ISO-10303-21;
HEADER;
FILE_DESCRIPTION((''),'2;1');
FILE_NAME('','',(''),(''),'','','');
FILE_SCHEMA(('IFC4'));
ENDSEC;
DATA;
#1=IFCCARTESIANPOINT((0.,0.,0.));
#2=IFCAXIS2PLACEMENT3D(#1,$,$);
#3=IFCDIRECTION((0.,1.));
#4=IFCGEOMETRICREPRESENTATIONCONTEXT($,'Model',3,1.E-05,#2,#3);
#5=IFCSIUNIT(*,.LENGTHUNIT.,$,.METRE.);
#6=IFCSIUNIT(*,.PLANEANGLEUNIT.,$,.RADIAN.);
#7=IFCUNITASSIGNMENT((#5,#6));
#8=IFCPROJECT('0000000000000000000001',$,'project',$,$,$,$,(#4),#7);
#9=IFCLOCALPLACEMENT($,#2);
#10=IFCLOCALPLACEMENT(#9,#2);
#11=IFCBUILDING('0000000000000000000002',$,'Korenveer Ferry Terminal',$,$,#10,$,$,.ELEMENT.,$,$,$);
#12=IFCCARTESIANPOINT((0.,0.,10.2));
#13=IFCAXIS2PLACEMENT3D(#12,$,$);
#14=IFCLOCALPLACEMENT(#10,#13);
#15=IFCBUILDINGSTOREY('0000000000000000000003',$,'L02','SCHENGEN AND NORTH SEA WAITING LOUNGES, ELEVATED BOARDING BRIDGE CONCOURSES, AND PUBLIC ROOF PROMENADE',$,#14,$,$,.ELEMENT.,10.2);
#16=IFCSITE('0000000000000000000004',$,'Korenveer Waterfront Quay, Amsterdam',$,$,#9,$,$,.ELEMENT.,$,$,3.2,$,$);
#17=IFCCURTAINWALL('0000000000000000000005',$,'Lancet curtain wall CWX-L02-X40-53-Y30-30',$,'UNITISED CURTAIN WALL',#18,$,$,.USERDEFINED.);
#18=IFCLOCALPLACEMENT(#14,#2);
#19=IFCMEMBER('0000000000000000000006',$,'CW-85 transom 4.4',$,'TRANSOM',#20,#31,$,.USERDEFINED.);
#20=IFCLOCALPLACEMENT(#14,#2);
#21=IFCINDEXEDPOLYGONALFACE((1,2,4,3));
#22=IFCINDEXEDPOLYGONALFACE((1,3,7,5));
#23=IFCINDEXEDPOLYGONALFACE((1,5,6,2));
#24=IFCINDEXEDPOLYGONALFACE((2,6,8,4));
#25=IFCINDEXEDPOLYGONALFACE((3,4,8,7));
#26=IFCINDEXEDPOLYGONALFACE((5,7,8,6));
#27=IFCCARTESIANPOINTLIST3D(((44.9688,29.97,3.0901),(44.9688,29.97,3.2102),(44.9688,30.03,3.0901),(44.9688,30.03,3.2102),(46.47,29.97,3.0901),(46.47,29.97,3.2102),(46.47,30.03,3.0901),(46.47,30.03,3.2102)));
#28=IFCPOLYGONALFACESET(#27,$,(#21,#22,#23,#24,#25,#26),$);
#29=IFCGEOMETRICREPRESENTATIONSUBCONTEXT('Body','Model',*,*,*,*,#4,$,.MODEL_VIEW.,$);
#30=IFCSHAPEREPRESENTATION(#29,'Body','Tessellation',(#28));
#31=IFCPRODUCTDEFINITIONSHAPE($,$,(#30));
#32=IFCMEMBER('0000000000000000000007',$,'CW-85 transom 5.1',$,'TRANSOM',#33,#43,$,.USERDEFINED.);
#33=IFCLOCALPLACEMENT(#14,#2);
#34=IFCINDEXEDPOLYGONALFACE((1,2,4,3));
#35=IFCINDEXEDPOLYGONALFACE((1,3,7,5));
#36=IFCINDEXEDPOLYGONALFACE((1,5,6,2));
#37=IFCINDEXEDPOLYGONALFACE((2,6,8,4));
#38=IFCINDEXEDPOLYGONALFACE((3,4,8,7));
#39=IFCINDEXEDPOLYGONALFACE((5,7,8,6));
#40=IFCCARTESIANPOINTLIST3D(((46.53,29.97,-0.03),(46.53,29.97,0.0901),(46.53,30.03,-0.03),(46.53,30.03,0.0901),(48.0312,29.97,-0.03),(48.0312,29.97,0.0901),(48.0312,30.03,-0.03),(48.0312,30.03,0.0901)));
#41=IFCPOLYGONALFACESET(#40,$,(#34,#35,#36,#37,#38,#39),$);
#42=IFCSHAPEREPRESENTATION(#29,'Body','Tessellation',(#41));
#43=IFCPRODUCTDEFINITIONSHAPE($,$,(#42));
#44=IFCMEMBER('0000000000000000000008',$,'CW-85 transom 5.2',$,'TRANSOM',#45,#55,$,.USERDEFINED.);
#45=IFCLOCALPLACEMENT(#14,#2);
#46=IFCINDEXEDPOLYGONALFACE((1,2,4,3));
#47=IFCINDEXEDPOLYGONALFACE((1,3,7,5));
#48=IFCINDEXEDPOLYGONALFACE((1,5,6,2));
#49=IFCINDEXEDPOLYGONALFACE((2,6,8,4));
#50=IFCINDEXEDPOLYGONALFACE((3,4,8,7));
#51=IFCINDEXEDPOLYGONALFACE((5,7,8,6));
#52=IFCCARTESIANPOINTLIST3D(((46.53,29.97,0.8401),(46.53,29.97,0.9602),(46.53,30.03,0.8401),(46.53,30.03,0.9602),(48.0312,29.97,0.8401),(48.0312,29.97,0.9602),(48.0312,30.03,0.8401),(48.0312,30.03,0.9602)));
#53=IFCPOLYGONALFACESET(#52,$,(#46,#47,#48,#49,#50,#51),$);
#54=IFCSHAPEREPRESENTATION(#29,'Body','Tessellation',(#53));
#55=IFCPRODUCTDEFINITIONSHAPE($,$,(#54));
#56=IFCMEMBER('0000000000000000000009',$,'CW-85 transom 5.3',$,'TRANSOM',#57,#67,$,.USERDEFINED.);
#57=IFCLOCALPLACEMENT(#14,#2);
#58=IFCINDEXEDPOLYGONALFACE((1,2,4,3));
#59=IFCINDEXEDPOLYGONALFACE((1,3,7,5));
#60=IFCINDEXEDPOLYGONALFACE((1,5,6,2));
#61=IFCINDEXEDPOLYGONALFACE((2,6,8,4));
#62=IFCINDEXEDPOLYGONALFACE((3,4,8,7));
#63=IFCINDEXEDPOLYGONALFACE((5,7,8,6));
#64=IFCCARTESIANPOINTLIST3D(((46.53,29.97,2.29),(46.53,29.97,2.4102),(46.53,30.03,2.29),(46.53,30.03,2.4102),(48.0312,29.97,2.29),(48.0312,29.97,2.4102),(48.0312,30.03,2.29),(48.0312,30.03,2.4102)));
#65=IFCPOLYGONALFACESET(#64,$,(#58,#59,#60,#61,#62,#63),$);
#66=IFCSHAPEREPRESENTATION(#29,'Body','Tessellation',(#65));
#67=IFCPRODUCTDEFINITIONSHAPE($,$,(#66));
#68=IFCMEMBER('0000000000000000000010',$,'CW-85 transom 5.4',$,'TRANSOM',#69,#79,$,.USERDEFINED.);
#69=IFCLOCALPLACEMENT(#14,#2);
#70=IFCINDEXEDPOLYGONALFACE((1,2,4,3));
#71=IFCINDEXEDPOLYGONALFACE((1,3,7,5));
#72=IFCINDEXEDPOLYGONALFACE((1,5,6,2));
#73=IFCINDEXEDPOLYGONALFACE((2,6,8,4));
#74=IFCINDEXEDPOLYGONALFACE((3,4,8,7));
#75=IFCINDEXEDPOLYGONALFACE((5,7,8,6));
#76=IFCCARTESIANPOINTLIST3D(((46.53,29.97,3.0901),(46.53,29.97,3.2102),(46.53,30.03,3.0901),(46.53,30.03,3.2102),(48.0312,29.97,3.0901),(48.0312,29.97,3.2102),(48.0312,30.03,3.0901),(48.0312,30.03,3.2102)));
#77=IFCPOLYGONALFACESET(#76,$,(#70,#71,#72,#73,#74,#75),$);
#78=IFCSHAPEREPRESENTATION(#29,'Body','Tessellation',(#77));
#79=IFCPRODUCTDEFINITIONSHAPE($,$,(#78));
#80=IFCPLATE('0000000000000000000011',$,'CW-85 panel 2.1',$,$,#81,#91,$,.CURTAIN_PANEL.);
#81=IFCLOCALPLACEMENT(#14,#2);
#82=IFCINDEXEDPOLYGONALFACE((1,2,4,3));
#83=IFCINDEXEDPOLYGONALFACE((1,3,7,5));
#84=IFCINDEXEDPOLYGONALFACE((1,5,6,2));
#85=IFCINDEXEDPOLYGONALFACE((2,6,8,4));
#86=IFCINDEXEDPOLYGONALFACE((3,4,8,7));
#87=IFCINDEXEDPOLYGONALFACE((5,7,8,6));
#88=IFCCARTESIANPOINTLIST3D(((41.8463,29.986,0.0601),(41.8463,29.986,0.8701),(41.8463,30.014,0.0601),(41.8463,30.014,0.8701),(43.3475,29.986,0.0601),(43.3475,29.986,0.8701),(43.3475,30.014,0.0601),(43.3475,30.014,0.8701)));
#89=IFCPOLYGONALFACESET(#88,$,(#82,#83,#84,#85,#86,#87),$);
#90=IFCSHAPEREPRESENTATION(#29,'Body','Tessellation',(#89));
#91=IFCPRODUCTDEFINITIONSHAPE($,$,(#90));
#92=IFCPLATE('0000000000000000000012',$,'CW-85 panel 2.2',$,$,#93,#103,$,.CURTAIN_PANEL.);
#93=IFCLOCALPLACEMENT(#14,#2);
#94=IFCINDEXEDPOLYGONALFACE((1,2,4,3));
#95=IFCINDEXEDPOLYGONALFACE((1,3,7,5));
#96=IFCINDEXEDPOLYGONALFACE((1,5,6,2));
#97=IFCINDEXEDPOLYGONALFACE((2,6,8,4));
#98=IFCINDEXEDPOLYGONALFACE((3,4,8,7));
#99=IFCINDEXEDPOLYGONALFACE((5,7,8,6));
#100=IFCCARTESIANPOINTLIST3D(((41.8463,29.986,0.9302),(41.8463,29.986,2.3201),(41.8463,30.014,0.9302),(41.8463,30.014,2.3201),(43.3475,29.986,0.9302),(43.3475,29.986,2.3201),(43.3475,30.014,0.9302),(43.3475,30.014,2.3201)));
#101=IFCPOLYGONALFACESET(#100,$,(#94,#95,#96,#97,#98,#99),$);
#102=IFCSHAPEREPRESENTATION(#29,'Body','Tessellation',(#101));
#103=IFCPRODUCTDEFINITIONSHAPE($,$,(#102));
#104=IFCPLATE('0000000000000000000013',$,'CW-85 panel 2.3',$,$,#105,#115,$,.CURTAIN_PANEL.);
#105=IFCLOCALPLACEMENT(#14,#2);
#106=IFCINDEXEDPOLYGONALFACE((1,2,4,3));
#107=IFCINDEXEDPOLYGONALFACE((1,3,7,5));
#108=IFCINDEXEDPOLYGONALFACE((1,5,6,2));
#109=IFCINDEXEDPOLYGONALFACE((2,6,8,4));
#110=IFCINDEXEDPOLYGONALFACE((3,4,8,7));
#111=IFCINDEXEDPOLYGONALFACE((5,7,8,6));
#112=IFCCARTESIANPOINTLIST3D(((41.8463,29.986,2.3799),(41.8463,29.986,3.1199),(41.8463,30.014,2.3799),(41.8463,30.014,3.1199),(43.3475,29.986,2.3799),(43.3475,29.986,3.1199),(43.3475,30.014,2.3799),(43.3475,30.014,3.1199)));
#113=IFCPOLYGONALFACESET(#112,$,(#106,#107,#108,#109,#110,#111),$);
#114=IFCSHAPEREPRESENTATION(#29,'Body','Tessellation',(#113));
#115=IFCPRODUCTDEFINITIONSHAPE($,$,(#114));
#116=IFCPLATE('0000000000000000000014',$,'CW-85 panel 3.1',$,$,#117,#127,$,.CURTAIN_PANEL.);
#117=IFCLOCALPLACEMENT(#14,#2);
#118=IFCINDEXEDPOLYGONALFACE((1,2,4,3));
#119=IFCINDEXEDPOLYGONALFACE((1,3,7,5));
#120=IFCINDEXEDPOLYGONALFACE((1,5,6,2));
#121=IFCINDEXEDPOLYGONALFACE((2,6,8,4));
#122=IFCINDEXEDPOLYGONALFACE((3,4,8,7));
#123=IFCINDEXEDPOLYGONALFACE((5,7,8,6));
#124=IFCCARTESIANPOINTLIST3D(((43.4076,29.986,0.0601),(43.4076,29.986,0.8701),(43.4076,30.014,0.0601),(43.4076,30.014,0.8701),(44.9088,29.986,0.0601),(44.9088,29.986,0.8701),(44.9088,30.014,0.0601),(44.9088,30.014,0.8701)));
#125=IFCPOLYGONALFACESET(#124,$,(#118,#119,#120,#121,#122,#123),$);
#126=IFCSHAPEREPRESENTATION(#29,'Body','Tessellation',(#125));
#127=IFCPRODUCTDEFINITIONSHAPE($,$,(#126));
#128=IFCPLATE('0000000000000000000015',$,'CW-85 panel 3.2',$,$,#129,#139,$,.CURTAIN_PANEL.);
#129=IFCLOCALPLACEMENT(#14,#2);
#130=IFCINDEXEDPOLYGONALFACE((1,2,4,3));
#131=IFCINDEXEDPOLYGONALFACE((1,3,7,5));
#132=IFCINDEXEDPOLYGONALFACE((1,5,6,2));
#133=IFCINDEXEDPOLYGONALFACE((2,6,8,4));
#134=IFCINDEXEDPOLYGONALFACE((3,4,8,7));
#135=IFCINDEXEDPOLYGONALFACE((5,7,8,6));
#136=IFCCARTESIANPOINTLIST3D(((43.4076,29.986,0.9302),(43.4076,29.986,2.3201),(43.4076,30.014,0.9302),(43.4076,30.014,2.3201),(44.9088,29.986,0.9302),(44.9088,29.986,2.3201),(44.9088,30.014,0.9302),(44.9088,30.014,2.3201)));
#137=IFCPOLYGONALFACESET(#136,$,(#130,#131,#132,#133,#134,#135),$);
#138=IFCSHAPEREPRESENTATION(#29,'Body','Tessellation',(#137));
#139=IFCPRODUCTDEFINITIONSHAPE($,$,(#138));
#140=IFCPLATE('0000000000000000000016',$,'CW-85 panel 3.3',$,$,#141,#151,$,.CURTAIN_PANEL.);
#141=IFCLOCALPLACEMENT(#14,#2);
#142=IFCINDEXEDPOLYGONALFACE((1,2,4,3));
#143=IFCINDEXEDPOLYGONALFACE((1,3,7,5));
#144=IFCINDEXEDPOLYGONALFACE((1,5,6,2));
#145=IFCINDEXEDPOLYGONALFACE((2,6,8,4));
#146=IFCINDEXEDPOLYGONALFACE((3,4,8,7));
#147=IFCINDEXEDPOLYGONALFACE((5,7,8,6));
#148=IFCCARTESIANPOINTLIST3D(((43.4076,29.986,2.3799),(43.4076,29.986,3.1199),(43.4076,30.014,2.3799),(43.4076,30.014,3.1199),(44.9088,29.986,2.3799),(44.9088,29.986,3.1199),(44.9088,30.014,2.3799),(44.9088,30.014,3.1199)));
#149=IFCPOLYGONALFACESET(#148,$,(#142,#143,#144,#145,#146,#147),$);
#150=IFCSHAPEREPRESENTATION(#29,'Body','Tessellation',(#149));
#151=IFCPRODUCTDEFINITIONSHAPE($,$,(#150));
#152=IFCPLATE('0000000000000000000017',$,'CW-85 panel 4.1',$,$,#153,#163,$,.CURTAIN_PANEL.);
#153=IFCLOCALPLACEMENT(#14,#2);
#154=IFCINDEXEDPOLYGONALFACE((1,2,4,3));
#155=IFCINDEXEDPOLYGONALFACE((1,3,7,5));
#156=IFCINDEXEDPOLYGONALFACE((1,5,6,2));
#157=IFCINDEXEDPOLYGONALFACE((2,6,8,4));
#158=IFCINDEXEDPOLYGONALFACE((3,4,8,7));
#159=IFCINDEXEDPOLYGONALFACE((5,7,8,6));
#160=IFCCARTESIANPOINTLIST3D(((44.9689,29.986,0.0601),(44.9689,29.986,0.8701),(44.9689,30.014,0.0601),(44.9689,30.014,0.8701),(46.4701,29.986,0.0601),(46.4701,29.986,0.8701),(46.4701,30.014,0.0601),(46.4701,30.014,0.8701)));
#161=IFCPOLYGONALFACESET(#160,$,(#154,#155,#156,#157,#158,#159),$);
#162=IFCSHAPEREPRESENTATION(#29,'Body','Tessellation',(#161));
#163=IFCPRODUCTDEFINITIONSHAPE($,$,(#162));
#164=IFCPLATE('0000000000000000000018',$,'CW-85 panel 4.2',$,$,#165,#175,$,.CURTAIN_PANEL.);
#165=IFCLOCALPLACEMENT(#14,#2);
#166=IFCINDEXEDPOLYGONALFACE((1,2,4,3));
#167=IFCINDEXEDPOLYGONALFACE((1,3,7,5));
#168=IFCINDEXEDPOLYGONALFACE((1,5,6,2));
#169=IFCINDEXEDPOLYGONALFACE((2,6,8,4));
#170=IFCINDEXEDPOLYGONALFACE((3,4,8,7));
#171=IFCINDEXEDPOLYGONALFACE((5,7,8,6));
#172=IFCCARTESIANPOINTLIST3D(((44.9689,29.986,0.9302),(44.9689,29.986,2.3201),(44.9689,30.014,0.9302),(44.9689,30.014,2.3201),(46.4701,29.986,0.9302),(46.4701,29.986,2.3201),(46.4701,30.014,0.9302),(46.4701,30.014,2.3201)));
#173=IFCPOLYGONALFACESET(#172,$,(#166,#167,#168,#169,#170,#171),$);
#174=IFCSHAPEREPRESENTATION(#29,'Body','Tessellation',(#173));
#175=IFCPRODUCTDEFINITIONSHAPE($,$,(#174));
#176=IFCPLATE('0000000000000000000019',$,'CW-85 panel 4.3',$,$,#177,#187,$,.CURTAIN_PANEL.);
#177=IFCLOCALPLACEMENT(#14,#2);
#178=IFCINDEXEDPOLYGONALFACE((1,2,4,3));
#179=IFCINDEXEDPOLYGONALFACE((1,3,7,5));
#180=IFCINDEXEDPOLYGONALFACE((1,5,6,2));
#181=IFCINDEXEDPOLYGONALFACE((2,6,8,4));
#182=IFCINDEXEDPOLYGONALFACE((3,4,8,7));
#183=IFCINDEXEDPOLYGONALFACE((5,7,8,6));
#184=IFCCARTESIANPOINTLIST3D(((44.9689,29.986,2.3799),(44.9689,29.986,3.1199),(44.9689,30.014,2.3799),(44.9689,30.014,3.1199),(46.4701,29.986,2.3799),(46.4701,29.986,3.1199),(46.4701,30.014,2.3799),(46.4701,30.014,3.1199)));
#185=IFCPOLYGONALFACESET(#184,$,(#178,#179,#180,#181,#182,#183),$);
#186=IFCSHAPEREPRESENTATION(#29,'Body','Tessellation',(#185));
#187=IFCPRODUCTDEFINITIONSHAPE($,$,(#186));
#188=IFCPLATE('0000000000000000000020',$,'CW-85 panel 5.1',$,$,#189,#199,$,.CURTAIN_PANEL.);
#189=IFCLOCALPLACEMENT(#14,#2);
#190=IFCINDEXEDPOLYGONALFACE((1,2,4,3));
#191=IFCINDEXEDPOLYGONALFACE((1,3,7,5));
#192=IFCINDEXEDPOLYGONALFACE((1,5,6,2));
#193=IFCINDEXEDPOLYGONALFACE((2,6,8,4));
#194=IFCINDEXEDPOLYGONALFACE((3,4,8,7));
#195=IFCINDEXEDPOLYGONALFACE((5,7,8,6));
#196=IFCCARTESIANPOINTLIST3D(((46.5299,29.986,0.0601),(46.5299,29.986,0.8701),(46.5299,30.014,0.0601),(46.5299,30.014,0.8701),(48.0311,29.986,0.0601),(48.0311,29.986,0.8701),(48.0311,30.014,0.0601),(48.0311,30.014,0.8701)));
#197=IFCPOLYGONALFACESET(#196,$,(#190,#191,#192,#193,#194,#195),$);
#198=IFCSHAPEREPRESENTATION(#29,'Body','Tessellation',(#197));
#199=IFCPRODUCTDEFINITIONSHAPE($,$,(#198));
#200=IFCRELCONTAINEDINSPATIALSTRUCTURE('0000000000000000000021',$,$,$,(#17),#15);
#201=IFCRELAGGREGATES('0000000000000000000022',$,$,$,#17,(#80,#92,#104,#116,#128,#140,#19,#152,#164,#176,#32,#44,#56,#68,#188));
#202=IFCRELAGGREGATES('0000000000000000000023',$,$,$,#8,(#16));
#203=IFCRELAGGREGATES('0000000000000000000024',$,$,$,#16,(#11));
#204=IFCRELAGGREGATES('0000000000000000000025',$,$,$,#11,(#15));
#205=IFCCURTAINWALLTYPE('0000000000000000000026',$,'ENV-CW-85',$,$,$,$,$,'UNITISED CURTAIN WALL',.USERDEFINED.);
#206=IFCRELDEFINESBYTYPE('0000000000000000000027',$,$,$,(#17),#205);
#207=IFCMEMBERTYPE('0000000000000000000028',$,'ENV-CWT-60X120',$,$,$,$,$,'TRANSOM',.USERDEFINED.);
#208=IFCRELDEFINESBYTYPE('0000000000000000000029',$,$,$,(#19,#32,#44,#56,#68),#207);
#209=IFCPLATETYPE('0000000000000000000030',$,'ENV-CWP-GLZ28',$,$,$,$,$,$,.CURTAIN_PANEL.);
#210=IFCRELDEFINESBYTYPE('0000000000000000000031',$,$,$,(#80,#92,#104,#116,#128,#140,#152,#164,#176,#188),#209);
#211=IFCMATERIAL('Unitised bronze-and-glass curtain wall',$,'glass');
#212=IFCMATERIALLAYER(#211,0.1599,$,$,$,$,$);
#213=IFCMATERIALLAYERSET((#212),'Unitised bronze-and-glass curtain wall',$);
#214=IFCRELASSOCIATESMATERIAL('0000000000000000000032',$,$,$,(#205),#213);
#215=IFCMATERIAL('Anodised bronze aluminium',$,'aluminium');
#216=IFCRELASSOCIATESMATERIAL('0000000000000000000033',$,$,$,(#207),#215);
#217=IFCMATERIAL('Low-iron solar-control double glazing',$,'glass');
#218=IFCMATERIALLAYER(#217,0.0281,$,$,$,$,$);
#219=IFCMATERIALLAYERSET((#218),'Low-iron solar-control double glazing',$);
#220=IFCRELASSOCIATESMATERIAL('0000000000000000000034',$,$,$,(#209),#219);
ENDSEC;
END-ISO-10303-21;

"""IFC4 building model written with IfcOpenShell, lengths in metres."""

from ifc_helpers import new_model, si_unit, direction, frame, origin, origin_2d, place, context, subcontext, project, spatial, rectangle, extrude, material, layer, layer_set, material_profile, profile_set, type_object, element, aggregate, save


model = new_model("IFC4")

# Units and contexts
model_context = context("Model", 3, precision=1e-05, world=origin(), true_north=direction((0.0, 1.0)))
body_context = subcontext(model_context, "Body", "Model", "MODEL_VIEW")
ifc_project = project(units=[si_unit("LENGTHUNIT", "METRE"), si_unit("PLANEANGLEUNIT", "RADIAN")], contexts=[model_context])

# Site, building, storey
site_placement = place(None, origin())
site = spatial("IfcSite", under=ifc_project, at=site_placement, Name="Korenveer Waterfront Quay, Amsterdam", CompositionType="ELEMENT", RefElevation=3.2)
building_placement = place(site_placement, origin())
building = spatial("IfcBuilding", under=site, at=building_placement, Name="Korenveer Ferry Terminal", CompositionType="ELEMENT")
storey_placement = place(building_placement, frame((0.0, 0.0, 10.2)))
storey = spatial("IfcBuildingStorey", under=building, at=storey_placement, Name="L02", Description="SCHENGEN AND NORTH SEA WAITING LOUNGES, ELEVATED BOARDING BRIDGE CONCOURSES, AND PUBLIC ROOF PROMENADE", CompositionType="ELEMENT", Elevation=10.2)

# Curtain wall, members, plates
ifc_material_1 = material(Name="Unitised bronze-and-glass curtain wall", Category="glass")
ifc_layer_1 = layer(ifc_material_1, 0.1599)
ifc_layer_set_1 = layer_set([ifc_layer_1], Name="Unitised bronze-and-glass curtain wall")
curtain_wall_type = type_object("IfcCurtainWallType", Name="ENV-CW-85", ElementType="UNITISED CURTAIN WALL", PredefinedType="USERDEFINED", material=ifc_layer_set_1)
curtain_wall_placement = place(storey_placement, frame((40.2549, 30.0, 0.0)))
curtain_wall = element("IfcCurtainWall", 1, at=curtain_wall_placement, inside=storey, type_object=curtain_wall_type, Name="Lancet curtain wall CWX-L02-X40-53-Y30-30", ObjectType="UNITISED CURTAIN WALL", PredefinedType="USERDEFINED")
ifc_material_2 = material(Name="Anodised bronze aluminium", Category="aluminium")
ifc_material_profile_1 = material_profile(ifc_material_2, rectangle(XDim=0.0601, YDim=0.1201, at=origin_2d()), Name="ALU 60x120")
ifc_profile_set_1 = profile_set([ifc_material_profile_1], Name="Anodised bronze aluminium")
member_type_1 = type_object("IfcMemberType", Name="ENV-CWT-60X120", ElementType="TRANSOM", PredefinedType="USERDEFINED", material=ifc_profile_set_1)
member_1_placement = place(storey_placement, frame((44.9688, 30.0, 3.1501), z_axis=(1.0, 0.0, 0.0), x_axis=(0.0, 1.0, 0.0)))
member_1 = element("IfcMember", 2, at=member_1_placement, type_object=member_type_1, Name="CW-85 transom 4.4", ObjectType="TRANSOM", PredefinedType="USERDEFINED", context=body_context, shape_type="SweptSolid", body=[
    extrude(rectangle(XDim=0.0601, YDim=0.1201, at=origin_2d()), origin(), (0.0, 0.0, 1.0), 1.5012),
])
member_2_placement = place(storey_placement, frame((46.53, 30.0, 0.03), z_axis=(1.0, 0.0, 0.0), x_axis=(0.0, 1.0, 0.0)))
member_2 = element("IfcMember", 3, at=member_2_placement, type_object=member_type_1, Name="CW-85 transom 5.1", ObjectType="TRANSOM", PredefinedType="USERDEFINED", context=body_context, shape_type="SweptSolid", body=[
    extrude(rectangle(XDim=0.0601, YDim=0.1201, at=origin_2d()), origin(), (0.0, 0.0, 1.0), 1.5012),
])
member_3_placement = place(storey_placement, frame((46.53, 30.0, 0.9001), z_axis=(1.0, 0.0, 0.0), x_axis=(0.0, 1.0, 0.0)))
member_3 = element("IfcMember", 4, at=member_3_placement, type_object=member_type_1, Name="CW-85 transom 5.2", ObjectType="TRANSOM", PredefinedType="USERDEFINED", context=body_context, shape_type="SweptSolid", body=[
    extrude(rectangle(XDim=0.0601, YDim=0.1201, at=origin_2d()), origin(), (0.0, 0.0, 1.0), 1.5012),
])
member_4_placement = place(storey_placement, frame((46.53, 30.0, 2.3501), z_axis=(1.0, 0.0, 0.0), x_axis=(0.0, 1.0, 0.0)))
member_4 = element("IfcMember", 5, at=member_4_placement, type_object=member_type_1, Name="CW-85 transom 5.3", ObjectType="TRANSOM", PredefinedType="USERDEFINED", context=body_context, shape_type="SweptSolid", body=[
    extrude(rectangle(XDim=0.0601, YDim=0.1201, at=origin_2d()), origin(), (0.0, 0.0, 1.0), 1.5012),
])
member_5_placement = place(storey_placement, frame((46.53, 30.0, 3.1501), z_axis=(1.0, 0.0, 0.0), x_axis=(0.0, 1.0, 0.0)))
member_5 = element("IfcMember", 6, at=member_5_placement, type_object=member_type_1, Name="CW-85 transom 5.4", ObjectType="TRANSOM", PredefinedType="USERDEFINED", context=body_context, shape_type="SweptSolid", body=[
    extrude(rectangle(XDim=0.0601, YDim=0.1201, at=origin_2d()), origin(), (0.0, 0.0, 1.0), 1.5012),
])
ifc_material_3 = material(Name="Low-iron solar-control double glazing", Category="glass")
ifc_layer_2 = layer(ifc_material_3, 0.0281)
ifc_layer_set_2 = layer_set([ifc_layer_2], Name="Low-iron solar-control double glazing")
plate_type = type_object("IfcPlateType", Name="ENV-CWP-GLZ28", PredefinedType="CURTAIN_PANEL", material=ifc_layer_set_2)
plate_1_placement = place(storey_placement, frame((42.5969, 30.0, 0.0601), z_axis=(0.0, 0.0, 1.0), x_axis=(1.0, 0.0, 0.0)))
plate_1 = element("IfcPlate", 7, at=plate_1_placement, type_object=plate_type, Name="CW-85 panel 2.1", PredefinedType="CURTAIN_PANEL", context=body_context, shape_type="SweptSolid", body=[
    extrude(rectangle(XDim=1.5012, YDim=0.0281, at=origin_2d()), origin(), (0.0, 0.0, 1.0), 0.8101),
])
plate_2_placement = place(storey_placement, frame((42.5969, 30.0, 0.9302), z_axis=(0.0, 0.0, 1.0), x_axis=(1.0, 0.0, 0.0)))
plate_2 = element("IfcPlate", 8, at=plate_2_placement, type_object=plate_type, Name="CW-85 panel 2.2", PredefinedType="CURTAIN_PANEL", context=body_context, shape_type="SweptSolid", body=[
    extrude(rectangle(XDim=1.5012, YDim=0.0281, at=origin_2d()), origin(), (0.0, 0.0, 1.0), 1.3899),
])
plate_3_placement = place(storey_placement, frame((42.5969, 30.0, 2.3799), z_axis=(0.0, 0.0, 1.0), x_axis=(1.0, 0.0, 0.0)))
plate_3 = element("IfcPlate", 9, at=plate_3_placement, type_object=plate_type, Name="CW-85 panel 2.3", PredefinedType="CURTAIN_PANEL", context=body_context, shape_type="SweptSolid", body=[
    extrude(rectangle(XDim=1.5012, YDim=0.0281, at=origin_2d()), origin(), (0.0, 0.0, 1.0), 0.74),
])
plate_4_placement = place(storey_placement, frame((44.1582, 30.0, 0.0601), z_axis=(0.0, 0.0, 1.0), x_axis=(1.0, 0.0, 0.0)))
plate_4 = element("IfcPlate", 10, at=plate_4_placement, type_object=plate_type, Name="CW-85 panel 3.1", PredefinedType="CURTAIN_PANEL", context=body_context, shape_type="SweptSolid", body=[
    extrude(rectangle(XDim=1.5012, YDim=0.0281, at=origin_2d()), origin(), (0.0, 0.0, 1.0), 0.8101),
])
plate_5_placement = place(storey_placement, frame((44.1582, 30.0, 0.9302), z_axis=(0.0, 0.0, 1.0), x_axis=(1.0, 0.0, 0.0)))
plate_5 = element("IfcPlate", 11, at=plate_5_placement, type_object=plate_type, Name="CW-85 panel 3.2", PredefinedType="CURTAIN_PANEL", context=body_context, shape_type="SweptSolid", body=[
    extrude(rectangle(XDim=1.5012, YDim=0.0281, at=origin_2d()), origin(), (0.0, 0.0, 1.0), 1.3899),
])
plate_6_placement = place(storey_placement, frame((44.1582, 30.0, 2.3799), z_axis=(0.0, 0.0, 1.0), x_axis=(1.0, 0.0, 0.0)))
plate_6 = element("IfcPlate", 12, at=plate_6_placement, type_object=plate_type, Name="CW-85 panel 3.3", PredefinedType="CURTAIN_PANEL", context=body_context, shape_type="SweptSolid", body=[
    extrude(rectangle(XDim=1.5012, YDim=0.0281, at=origin_2d()), origin(), (0.0, 0.0, 1.0), 0.74),
])
plate_7_placement = place(storey_placement, frame((45.7195, 30.0, 0.0601), z_axis=(0.0, 0.0, 1.0), x_axis=(1.0, 0.0, 0.0)))
plate_7 = element("IfcPlate", 13, at=plate_7_placement, type_object=plate_type, Name="CW-85 panel 4.1", PredefinedType="CURTAIN_PANEL", context=body_context, shape_type="SweptSolid", body=[
    extrude(rectangle(XDim=1.5012, YDim=0.0281, at=origin_2d()), origin(), (0.0, 0.0, 1.0), 0.8101),
])
plate_8_placement = place(storey_placement, frame((45.7195, 30.0, 0.9302), z_axis=(0.0, 0.0, 1.0), x_axis=(1.0, 0.0, 0.0)))
plate_8 = element("IfcPlate", 14, at=plate_8_placement, type_object=plate_type, Name="CW-85 panel 4.2", PredefinedType="CURTAIN_PANEL", context=body_context, shape_type="SweptSolid", body=[
    extrude(rectangle(XDim=1.5012, YDim=0.0281, at=origin_2d()), origin(), (0.0, 0.0, 1.0), 1.3899),
])
plate_9_placement = place(storey_placement, frame((45.7195, 30.0, 2.3799), z_axis=(0.0, 0.0, 1.0), x_axis=(1.0, 0.0, 0.0)))
plate_9 = element("IfcPlate", 15, at=plate_9_placement, type_object=plate_type, Name="CW-85 panel 4.3", PredefinedType="CURTAIN_PANEL", context=body_context, shape_type="SweptSolid", body=[
    extrude(rectangle(XDim=1.5012, YDim=0.0281, at=origin_2d()), origin(), (0.0, 0.0, 1.0), 0.74),
])
plate_10_placement = place(storey_placement, frame((47.2805, 30.0, 0.0601), z_axis=(0.0, 0.0, 1.0), x_axis=(1.0, 0.0, 0.0)))
plate_10 = element("IfcPlate", 16, at=plate_10_placement, type_object=plate_type, Name="CW-85 panel 5.1", PredefinedType="CURTAIN_PANEL", context=body_context, shape_type="SweptSolid", body=[
    extrude(rectangle(XDim=1.5012, YDim=0.0281, at=origin_2d()), origin(), (0.0, 0.0, 1.0), 0.8101),
])
aggregate(curtain_wall, [plate_1, plate_2, plate_3, plate_4, plate_5, plate_6, member_1, plate_7, plate_8, plate_9, member_2, member_3, member_4, member_5, plate_10])

save(model, "model.ifc")
